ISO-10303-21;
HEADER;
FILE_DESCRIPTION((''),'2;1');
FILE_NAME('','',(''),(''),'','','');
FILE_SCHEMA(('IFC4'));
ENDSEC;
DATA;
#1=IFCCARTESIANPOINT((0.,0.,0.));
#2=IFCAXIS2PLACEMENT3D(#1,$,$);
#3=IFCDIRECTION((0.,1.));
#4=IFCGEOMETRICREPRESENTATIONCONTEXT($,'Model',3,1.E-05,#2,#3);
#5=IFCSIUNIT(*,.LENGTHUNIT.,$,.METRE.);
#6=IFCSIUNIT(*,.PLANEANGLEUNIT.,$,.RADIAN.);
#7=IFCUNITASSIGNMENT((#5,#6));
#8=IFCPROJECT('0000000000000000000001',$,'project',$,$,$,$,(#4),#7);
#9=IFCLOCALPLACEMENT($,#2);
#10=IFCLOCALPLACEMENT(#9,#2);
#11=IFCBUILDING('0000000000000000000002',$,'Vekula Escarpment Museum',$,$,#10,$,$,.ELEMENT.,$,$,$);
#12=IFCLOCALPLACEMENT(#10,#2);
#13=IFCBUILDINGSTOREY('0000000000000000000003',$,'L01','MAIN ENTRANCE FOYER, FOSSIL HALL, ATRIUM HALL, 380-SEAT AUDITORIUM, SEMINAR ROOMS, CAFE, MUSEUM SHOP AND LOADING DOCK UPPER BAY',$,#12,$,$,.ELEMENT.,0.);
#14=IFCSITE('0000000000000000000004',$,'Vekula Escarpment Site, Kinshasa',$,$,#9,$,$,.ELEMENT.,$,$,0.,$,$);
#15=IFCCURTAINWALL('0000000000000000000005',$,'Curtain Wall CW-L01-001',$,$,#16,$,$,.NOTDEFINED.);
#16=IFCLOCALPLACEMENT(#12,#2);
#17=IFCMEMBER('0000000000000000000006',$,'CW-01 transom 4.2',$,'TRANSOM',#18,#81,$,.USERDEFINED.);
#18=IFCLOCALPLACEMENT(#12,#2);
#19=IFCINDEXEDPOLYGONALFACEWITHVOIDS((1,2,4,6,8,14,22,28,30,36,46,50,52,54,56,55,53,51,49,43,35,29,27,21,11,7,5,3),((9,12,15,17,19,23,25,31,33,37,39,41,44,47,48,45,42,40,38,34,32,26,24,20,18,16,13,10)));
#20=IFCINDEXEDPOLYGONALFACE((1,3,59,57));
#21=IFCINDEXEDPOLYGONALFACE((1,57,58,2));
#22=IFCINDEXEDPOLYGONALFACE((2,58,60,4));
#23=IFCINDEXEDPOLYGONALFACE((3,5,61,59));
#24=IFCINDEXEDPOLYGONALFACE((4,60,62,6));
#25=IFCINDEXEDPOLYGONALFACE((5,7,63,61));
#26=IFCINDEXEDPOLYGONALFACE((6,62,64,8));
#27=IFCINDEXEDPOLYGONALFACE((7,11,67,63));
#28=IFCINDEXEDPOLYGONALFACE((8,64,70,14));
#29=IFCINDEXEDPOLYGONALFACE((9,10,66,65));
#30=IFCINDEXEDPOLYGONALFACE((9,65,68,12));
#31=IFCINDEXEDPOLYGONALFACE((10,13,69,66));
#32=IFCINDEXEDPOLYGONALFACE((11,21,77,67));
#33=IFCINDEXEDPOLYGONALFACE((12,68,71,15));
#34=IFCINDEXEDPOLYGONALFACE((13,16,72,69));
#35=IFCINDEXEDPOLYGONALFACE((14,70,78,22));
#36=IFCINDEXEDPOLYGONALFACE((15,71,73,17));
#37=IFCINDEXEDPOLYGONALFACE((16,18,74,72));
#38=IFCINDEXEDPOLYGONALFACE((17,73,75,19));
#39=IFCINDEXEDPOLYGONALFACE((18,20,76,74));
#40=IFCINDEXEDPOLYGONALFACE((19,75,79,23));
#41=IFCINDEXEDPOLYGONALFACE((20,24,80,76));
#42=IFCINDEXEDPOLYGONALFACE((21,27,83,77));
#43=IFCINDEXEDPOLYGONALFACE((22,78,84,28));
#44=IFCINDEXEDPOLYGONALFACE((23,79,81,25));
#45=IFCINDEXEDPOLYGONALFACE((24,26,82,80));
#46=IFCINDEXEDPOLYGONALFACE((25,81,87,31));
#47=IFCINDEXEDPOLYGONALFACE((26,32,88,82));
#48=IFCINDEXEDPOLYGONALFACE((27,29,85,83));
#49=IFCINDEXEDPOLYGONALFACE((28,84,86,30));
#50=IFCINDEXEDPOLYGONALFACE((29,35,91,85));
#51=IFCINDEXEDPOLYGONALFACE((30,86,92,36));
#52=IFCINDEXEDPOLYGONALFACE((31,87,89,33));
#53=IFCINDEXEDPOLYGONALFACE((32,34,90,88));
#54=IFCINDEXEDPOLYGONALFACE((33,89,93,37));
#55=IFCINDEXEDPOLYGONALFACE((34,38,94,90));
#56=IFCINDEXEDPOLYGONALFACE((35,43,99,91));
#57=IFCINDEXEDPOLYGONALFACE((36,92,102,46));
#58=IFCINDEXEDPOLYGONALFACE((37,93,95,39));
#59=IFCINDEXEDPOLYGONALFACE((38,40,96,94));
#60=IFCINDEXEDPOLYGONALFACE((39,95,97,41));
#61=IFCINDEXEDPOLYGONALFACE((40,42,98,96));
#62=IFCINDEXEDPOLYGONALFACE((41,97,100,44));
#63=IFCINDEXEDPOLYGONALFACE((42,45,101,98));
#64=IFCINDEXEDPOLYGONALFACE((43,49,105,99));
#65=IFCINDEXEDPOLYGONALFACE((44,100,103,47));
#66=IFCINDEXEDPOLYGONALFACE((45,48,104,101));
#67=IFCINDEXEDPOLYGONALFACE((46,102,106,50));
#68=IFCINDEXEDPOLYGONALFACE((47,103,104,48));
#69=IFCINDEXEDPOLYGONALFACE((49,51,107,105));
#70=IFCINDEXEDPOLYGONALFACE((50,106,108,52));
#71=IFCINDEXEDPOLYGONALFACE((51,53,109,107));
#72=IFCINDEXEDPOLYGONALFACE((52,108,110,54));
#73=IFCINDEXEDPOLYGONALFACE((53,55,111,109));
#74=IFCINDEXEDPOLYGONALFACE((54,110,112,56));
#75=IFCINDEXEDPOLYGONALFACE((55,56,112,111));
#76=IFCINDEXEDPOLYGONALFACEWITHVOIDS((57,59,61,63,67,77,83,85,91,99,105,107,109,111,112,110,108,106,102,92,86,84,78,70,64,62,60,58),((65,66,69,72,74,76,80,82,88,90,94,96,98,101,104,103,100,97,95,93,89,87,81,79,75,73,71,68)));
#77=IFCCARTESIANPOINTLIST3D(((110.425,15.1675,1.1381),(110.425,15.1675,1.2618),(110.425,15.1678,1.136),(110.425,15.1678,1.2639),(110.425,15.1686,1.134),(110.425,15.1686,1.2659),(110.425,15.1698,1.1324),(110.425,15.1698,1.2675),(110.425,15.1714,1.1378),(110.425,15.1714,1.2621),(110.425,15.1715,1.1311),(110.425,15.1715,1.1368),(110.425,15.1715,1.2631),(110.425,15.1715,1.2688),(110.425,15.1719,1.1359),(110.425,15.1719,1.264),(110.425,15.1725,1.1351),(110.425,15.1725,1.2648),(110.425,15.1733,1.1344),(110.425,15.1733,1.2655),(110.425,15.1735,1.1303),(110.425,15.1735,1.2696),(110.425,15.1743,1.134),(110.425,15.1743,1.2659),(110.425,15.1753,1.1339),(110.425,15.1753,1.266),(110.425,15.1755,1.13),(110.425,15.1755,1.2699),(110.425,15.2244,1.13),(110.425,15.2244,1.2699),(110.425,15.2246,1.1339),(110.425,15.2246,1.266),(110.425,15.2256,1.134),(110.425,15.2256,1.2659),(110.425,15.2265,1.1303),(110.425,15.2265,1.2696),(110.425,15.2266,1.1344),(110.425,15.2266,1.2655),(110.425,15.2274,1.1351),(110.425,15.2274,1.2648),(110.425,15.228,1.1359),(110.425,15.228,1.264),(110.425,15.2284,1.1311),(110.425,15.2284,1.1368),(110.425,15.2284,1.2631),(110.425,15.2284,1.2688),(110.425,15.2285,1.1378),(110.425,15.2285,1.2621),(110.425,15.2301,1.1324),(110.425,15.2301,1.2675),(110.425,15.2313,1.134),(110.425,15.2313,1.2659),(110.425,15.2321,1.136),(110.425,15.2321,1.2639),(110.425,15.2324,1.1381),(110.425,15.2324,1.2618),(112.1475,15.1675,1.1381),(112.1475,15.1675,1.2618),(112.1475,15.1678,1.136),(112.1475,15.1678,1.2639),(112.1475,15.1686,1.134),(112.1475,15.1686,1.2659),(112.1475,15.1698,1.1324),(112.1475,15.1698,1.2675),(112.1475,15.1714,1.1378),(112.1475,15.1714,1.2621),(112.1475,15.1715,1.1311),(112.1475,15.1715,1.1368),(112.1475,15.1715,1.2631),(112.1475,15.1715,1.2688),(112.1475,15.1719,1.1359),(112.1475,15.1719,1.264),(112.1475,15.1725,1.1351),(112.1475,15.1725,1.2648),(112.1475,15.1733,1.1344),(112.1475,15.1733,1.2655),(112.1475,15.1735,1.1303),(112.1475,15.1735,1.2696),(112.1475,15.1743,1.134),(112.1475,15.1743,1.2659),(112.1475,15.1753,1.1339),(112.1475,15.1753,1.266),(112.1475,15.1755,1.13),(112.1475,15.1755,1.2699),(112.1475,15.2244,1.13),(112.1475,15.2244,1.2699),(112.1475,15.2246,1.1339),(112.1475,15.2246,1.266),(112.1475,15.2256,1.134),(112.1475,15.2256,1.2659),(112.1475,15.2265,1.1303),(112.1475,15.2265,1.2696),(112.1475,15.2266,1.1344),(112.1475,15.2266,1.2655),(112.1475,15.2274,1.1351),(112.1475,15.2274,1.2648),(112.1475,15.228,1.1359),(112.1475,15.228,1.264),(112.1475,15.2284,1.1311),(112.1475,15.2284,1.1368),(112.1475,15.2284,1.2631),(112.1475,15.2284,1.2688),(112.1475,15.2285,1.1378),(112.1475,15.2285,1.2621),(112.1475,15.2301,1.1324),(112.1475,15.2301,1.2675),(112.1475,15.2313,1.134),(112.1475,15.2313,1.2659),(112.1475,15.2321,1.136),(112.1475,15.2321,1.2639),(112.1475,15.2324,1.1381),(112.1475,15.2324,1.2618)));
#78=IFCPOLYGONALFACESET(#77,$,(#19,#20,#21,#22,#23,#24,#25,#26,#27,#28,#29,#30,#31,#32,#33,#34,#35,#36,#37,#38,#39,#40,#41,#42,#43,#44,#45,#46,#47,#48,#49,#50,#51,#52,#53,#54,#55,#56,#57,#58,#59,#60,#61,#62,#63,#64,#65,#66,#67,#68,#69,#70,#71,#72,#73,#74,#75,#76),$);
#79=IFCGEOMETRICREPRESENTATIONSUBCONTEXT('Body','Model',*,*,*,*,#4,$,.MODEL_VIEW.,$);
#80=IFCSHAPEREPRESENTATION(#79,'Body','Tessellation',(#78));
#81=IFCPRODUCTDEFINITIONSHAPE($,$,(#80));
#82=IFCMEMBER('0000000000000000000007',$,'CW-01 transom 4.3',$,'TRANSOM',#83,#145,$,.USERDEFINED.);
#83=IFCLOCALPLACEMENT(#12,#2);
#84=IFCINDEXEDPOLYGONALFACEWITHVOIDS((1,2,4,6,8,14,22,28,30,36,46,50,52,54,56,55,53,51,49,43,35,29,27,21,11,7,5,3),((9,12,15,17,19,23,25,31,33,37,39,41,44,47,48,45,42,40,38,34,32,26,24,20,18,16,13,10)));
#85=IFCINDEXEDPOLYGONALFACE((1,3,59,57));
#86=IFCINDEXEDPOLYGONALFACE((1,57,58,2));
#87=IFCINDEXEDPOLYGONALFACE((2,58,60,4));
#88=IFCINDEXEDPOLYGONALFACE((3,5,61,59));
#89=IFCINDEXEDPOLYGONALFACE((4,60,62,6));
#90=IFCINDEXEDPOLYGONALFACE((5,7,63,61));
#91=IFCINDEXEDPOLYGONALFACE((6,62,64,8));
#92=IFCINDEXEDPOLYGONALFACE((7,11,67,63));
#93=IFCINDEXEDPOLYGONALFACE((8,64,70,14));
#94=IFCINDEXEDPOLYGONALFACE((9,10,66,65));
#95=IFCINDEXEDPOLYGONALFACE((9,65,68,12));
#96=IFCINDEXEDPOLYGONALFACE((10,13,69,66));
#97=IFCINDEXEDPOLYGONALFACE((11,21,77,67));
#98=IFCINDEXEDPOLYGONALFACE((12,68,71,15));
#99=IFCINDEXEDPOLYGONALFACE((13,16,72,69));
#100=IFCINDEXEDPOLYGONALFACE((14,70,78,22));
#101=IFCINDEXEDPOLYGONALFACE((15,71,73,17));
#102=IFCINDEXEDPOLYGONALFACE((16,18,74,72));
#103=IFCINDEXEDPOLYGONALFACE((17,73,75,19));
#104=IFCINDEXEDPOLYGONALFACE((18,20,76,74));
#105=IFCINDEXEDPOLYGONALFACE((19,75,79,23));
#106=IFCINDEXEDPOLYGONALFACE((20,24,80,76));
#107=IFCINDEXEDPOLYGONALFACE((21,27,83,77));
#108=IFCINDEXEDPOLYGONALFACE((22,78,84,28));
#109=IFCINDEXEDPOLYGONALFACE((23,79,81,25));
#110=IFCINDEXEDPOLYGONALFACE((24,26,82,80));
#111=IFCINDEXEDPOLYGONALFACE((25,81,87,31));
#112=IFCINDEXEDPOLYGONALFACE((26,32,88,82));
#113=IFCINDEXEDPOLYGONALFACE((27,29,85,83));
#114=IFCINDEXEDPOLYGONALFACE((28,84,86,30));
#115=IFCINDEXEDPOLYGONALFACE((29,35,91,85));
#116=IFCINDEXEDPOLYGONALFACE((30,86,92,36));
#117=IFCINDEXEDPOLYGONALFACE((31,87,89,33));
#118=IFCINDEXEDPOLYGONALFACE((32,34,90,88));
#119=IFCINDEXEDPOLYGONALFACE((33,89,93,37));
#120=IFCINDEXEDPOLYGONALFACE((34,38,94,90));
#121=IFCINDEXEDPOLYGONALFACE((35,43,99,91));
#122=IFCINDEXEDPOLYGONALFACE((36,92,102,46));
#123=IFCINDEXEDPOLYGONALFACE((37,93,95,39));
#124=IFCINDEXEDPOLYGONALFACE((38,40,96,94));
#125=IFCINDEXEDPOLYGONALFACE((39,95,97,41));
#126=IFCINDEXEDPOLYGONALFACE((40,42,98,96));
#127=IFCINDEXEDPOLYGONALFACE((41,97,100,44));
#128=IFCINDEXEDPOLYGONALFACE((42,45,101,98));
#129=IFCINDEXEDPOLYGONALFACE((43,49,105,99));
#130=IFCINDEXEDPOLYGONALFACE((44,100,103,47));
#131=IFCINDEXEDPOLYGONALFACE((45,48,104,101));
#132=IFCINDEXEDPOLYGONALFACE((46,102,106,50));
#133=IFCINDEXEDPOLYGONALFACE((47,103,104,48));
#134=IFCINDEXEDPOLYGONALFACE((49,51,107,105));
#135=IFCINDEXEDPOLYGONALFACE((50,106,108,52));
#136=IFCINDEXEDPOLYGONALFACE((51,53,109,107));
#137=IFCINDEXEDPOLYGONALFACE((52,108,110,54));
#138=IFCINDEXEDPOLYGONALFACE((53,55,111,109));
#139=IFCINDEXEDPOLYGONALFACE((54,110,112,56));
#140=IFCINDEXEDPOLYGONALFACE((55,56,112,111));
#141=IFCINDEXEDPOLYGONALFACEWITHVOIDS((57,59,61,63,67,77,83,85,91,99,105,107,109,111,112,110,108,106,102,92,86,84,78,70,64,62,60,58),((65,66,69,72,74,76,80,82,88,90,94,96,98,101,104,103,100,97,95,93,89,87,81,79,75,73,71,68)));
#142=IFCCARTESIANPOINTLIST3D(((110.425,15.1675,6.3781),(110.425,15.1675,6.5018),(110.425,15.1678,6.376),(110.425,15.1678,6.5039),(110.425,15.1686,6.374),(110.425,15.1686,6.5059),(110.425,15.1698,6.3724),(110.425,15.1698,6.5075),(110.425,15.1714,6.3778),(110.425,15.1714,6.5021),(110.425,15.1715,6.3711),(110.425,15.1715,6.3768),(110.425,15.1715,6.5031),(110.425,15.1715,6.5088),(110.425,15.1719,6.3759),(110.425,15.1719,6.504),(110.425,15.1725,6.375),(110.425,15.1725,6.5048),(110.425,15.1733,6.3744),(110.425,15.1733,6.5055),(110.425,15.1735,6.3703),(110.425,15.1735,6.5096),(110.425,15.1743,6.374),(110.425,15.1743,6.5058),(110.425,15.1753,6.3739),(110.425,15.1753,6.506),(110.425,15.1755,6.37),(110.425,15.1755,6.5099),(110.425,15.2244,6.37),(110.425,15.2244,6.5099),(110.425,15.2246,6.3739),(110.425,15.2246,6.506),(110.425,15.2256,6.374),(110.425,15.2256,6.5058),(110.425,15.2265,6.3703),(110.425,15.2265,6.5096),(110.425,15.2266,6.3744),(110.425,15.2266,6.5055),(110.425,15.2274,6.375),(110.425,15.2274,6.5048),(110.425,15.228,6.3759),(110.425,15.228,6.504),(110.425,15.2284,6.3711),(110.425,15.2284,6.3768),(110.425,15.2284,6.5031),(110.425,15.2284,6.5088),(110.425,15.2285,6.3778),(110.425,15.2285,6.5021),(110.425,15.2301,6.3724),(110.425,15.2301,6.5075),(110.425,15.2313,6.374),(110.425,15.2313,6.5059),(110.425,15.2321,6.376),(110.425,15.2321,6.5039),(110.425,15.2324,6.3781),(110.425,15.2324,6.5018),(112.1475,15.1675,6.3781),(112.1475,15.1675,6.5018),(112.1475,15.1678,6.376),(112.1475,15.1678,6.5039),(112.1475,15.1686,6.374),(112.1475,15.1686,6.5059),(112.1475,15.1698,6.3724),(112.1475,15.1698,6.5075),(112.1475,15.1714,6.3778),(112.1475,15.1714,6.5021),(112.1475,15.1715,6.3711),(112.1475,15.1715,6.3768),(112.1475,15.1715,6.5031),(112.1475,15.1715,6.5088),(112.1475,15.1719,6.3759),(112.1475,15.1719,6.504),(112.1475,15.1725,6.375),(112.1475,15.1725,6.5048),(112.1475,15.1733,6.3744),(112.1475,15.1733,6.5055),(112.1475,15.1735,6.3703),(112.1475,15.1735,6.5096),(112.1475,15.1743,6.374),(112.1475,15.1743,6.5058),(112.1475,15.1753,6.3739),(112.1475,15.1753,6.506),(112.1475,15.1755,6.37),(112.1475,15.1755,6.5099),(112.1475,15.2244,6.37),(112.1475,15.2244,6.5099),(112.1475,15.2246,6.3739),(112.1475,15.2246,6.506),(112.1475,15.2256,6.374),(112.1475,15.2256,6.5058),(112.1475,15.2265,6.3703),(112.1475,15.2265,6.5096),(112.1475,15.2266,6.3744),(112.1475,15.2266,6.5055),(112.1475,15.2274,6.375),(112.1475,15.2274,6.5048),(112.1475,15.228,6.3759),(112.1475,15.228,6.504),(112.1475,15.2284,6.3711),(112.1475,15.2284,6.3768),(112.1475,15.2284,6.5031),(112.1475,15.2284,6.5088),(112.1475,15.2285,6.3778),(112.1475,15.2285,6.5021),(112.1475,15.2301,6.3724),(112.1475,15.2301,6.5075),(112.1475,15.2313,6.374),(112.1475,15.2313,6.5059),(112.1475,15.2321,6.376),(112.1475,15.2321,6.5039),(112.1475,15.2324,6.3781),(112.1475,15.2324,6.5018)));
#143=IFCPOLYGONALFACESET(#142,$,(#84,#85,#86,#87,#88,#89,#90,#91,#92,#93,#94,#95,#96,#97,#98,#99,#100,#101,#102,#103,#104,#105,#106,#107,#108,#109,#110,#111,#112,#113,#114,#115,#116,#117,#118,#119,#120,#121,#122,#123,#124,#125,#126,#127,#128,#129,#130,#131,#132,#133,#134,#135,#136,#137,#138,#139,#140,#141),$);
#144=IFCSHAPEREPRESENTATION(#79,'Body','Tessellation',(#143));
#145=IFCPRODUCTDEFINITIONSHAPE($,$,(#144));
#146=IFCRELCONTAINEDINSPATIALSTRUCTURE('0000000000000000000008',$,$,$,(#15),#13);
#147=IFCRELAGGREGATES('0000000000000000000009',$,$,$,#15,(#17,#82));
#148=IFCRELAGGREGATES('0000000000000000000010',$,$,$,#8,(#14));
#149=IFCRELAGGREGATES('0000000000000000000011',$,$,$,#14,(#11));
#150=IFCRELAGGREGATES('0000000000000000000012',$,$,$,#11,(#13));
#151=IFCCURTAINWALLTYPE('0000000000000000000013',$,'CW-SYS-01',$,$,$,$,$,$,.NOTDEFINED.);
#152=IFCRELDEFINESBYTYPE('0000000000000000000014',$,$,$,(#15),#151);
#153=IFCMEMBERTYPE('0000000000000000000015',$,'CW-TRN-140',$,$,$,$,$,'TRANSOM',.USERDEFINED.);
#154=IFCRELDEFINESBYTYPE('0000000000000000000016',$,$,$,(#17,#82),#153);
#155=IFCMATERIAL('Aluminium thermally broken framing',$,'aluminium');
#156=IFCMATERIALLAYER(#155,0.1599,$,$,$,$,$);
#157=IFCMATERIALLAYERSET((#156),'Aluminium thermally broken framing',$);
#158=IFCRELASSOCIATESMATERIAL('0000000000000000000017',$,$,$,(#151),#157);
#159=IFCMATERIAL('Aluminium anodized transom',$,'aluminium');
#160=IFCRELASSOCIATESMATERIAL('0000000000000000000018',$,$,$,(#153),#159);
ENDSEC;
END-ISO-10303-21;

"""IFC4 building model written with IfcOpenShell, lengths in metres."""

from ifc_helpers import new_model, si_unit, direction, frame, origin, origin_2d, place, context, subcontext, project, spatial, hollow_rectangle, extrude, material, layer, layer_set, material_profile, profile_set, type_object, element, aggregate, save


model = new_model("IFC4")

# Units and contexts
model_context = context("Model", 3, precision=1e-05, world=origin(), true_north=direction((0.0, 1.0)))
body_context = subcontext(model_context, "Body", "Model", "MODEL_VIEW")
ifc_project = project(units=[si_unit("LENGTHUNIT", "METRE"), si_unit("PLANEANGLEUNIT", "RADIAN")], contexts=[model_context])

# Site, building, storey
site_placement = place(None, origin())
site = spatial("IfcSite", under=ifc_project, at=site_placement, Name="Vekula Escarpment Site, Kinshasa", CompositionType="ELEMENT", RefElevation=0.0)
building_placement = place(site_placement, origin())
building = spatial("IfcBuilding", under=site, at=building_placement, Name="Vekula Escarpment Museum", CompositionType="ELEMENT")
storey_placement = place(building_placement, origin())
storey = spatial("IfcBuildingStorey", under=building, at=storey_placement, Name="L01", Description="MAIN ENTRANCE FOYER, FOSSIL HALL, ATRIUM HALL, 380-SEAT AUDITORIUM, SEMINAR ROOMS, CAFE, MUSEUM SHOP AND LOADING DOCK UPPER BAY", CompositionType="ELEMENT", Elevation=0.0)

# Curtain wall, members
ifc_material_1 = material(Name="Aluminium thermally broken framing", Category="aluminium")
ifc_layer_1 = layer(ifc_material_1, 0.1599)
ifc_layer_set_1 = layer_set([ifc_layer_1], Name="Aluminium thermally broken framing")
curtain_wall_type = type_object("IfcCurtainWallType", Name="CW-SYS-01", PredefinedType="NOTDEFINED", material=ifc_layer_set_1)
curtain_wall_placement = place(storey_placement, origin())
curtain_wall = element("IfcCurtainWall", 1, at=curtain_wall_placement, inside=storey, type_object=curtain_wall_type, Name="Curtain Wall CW-L01-001", PredefinedType="NOTDEFINED")
ifc_material_2 = material(Name="Aluminium anodized transom", Category="aluminium")
ifc_material_profile_1 = material_profile(ifc_material_2, hollow_rectangle(XDim=0.0649, YDim=0.1399, WallThickness=0.0039, InnerFilletRadius=0.0039, OuterFilletRadius=0.0081, at=origin_2d()), Name="ALU 140x65x4")
ifc_profile_set_1 = profile_set([ifc_material_profile_1], Name="Aluminium anodized transom")
member_type_1 = type_object("IfcMemberType", Name="CW-TRN-140", ElementType="TRANSOM", PredefinedType="USERDEFINED", material=ifc_profile_set_1)
member_1_placement = place(storey_placement, frame((112.1475, 15.2, 1.2), z_axis=(-1.0, 0.0, 0.0), x_axis=(0.0, -1.0, 0.0)))
member_1 = element("IfcMember", 2, at=member_1_placement, type_object=member_type_1, Name="CW-01 transom 4.2", ObjectType="TRANSOM", PredefinedType="USERDEFINED", context=body_context, shape_type="SweptSolid", body=[
    extrude(hollow_rectangle(XDim=0.0649, YDim=0.1399, WallThickness=0.0039, InnerFilletRadius=0.0039, OuterFilletRadius=0.0081, at=origin_2d()), origin(), (0.0, 0.0, 1.0), 1.7224),
])
member_2_placement = place(storey_placement, frame((112.1475, 15.2, 6.4399), z_axis=(-1.0, 0.0, 0.0), x_axis=(0.0, -1.0, 0.0)))
member_2 = element("IfcMember", 3, at=member_2_placement, type_object=member_type_1, Name="CW-01 transom 4.3", ObjectType="TRANSOM", PredefinedType="USERDEFINED", context=body_context, shape_type="SweptSolid", body=[
    extrude(hollow_rectangle(XDim=0.0649, YDim=0.1399, WallThickness=0.0039, InnerFilletRadius=0.0039, OuterFilletRadius=0.0081, at=origin_2d()), origin(), (0.0, 0.0, 1.0), 1.7224),
])
aggregate(curtain_wall, [member_1, member_2])

save(model, "model.ifc")
